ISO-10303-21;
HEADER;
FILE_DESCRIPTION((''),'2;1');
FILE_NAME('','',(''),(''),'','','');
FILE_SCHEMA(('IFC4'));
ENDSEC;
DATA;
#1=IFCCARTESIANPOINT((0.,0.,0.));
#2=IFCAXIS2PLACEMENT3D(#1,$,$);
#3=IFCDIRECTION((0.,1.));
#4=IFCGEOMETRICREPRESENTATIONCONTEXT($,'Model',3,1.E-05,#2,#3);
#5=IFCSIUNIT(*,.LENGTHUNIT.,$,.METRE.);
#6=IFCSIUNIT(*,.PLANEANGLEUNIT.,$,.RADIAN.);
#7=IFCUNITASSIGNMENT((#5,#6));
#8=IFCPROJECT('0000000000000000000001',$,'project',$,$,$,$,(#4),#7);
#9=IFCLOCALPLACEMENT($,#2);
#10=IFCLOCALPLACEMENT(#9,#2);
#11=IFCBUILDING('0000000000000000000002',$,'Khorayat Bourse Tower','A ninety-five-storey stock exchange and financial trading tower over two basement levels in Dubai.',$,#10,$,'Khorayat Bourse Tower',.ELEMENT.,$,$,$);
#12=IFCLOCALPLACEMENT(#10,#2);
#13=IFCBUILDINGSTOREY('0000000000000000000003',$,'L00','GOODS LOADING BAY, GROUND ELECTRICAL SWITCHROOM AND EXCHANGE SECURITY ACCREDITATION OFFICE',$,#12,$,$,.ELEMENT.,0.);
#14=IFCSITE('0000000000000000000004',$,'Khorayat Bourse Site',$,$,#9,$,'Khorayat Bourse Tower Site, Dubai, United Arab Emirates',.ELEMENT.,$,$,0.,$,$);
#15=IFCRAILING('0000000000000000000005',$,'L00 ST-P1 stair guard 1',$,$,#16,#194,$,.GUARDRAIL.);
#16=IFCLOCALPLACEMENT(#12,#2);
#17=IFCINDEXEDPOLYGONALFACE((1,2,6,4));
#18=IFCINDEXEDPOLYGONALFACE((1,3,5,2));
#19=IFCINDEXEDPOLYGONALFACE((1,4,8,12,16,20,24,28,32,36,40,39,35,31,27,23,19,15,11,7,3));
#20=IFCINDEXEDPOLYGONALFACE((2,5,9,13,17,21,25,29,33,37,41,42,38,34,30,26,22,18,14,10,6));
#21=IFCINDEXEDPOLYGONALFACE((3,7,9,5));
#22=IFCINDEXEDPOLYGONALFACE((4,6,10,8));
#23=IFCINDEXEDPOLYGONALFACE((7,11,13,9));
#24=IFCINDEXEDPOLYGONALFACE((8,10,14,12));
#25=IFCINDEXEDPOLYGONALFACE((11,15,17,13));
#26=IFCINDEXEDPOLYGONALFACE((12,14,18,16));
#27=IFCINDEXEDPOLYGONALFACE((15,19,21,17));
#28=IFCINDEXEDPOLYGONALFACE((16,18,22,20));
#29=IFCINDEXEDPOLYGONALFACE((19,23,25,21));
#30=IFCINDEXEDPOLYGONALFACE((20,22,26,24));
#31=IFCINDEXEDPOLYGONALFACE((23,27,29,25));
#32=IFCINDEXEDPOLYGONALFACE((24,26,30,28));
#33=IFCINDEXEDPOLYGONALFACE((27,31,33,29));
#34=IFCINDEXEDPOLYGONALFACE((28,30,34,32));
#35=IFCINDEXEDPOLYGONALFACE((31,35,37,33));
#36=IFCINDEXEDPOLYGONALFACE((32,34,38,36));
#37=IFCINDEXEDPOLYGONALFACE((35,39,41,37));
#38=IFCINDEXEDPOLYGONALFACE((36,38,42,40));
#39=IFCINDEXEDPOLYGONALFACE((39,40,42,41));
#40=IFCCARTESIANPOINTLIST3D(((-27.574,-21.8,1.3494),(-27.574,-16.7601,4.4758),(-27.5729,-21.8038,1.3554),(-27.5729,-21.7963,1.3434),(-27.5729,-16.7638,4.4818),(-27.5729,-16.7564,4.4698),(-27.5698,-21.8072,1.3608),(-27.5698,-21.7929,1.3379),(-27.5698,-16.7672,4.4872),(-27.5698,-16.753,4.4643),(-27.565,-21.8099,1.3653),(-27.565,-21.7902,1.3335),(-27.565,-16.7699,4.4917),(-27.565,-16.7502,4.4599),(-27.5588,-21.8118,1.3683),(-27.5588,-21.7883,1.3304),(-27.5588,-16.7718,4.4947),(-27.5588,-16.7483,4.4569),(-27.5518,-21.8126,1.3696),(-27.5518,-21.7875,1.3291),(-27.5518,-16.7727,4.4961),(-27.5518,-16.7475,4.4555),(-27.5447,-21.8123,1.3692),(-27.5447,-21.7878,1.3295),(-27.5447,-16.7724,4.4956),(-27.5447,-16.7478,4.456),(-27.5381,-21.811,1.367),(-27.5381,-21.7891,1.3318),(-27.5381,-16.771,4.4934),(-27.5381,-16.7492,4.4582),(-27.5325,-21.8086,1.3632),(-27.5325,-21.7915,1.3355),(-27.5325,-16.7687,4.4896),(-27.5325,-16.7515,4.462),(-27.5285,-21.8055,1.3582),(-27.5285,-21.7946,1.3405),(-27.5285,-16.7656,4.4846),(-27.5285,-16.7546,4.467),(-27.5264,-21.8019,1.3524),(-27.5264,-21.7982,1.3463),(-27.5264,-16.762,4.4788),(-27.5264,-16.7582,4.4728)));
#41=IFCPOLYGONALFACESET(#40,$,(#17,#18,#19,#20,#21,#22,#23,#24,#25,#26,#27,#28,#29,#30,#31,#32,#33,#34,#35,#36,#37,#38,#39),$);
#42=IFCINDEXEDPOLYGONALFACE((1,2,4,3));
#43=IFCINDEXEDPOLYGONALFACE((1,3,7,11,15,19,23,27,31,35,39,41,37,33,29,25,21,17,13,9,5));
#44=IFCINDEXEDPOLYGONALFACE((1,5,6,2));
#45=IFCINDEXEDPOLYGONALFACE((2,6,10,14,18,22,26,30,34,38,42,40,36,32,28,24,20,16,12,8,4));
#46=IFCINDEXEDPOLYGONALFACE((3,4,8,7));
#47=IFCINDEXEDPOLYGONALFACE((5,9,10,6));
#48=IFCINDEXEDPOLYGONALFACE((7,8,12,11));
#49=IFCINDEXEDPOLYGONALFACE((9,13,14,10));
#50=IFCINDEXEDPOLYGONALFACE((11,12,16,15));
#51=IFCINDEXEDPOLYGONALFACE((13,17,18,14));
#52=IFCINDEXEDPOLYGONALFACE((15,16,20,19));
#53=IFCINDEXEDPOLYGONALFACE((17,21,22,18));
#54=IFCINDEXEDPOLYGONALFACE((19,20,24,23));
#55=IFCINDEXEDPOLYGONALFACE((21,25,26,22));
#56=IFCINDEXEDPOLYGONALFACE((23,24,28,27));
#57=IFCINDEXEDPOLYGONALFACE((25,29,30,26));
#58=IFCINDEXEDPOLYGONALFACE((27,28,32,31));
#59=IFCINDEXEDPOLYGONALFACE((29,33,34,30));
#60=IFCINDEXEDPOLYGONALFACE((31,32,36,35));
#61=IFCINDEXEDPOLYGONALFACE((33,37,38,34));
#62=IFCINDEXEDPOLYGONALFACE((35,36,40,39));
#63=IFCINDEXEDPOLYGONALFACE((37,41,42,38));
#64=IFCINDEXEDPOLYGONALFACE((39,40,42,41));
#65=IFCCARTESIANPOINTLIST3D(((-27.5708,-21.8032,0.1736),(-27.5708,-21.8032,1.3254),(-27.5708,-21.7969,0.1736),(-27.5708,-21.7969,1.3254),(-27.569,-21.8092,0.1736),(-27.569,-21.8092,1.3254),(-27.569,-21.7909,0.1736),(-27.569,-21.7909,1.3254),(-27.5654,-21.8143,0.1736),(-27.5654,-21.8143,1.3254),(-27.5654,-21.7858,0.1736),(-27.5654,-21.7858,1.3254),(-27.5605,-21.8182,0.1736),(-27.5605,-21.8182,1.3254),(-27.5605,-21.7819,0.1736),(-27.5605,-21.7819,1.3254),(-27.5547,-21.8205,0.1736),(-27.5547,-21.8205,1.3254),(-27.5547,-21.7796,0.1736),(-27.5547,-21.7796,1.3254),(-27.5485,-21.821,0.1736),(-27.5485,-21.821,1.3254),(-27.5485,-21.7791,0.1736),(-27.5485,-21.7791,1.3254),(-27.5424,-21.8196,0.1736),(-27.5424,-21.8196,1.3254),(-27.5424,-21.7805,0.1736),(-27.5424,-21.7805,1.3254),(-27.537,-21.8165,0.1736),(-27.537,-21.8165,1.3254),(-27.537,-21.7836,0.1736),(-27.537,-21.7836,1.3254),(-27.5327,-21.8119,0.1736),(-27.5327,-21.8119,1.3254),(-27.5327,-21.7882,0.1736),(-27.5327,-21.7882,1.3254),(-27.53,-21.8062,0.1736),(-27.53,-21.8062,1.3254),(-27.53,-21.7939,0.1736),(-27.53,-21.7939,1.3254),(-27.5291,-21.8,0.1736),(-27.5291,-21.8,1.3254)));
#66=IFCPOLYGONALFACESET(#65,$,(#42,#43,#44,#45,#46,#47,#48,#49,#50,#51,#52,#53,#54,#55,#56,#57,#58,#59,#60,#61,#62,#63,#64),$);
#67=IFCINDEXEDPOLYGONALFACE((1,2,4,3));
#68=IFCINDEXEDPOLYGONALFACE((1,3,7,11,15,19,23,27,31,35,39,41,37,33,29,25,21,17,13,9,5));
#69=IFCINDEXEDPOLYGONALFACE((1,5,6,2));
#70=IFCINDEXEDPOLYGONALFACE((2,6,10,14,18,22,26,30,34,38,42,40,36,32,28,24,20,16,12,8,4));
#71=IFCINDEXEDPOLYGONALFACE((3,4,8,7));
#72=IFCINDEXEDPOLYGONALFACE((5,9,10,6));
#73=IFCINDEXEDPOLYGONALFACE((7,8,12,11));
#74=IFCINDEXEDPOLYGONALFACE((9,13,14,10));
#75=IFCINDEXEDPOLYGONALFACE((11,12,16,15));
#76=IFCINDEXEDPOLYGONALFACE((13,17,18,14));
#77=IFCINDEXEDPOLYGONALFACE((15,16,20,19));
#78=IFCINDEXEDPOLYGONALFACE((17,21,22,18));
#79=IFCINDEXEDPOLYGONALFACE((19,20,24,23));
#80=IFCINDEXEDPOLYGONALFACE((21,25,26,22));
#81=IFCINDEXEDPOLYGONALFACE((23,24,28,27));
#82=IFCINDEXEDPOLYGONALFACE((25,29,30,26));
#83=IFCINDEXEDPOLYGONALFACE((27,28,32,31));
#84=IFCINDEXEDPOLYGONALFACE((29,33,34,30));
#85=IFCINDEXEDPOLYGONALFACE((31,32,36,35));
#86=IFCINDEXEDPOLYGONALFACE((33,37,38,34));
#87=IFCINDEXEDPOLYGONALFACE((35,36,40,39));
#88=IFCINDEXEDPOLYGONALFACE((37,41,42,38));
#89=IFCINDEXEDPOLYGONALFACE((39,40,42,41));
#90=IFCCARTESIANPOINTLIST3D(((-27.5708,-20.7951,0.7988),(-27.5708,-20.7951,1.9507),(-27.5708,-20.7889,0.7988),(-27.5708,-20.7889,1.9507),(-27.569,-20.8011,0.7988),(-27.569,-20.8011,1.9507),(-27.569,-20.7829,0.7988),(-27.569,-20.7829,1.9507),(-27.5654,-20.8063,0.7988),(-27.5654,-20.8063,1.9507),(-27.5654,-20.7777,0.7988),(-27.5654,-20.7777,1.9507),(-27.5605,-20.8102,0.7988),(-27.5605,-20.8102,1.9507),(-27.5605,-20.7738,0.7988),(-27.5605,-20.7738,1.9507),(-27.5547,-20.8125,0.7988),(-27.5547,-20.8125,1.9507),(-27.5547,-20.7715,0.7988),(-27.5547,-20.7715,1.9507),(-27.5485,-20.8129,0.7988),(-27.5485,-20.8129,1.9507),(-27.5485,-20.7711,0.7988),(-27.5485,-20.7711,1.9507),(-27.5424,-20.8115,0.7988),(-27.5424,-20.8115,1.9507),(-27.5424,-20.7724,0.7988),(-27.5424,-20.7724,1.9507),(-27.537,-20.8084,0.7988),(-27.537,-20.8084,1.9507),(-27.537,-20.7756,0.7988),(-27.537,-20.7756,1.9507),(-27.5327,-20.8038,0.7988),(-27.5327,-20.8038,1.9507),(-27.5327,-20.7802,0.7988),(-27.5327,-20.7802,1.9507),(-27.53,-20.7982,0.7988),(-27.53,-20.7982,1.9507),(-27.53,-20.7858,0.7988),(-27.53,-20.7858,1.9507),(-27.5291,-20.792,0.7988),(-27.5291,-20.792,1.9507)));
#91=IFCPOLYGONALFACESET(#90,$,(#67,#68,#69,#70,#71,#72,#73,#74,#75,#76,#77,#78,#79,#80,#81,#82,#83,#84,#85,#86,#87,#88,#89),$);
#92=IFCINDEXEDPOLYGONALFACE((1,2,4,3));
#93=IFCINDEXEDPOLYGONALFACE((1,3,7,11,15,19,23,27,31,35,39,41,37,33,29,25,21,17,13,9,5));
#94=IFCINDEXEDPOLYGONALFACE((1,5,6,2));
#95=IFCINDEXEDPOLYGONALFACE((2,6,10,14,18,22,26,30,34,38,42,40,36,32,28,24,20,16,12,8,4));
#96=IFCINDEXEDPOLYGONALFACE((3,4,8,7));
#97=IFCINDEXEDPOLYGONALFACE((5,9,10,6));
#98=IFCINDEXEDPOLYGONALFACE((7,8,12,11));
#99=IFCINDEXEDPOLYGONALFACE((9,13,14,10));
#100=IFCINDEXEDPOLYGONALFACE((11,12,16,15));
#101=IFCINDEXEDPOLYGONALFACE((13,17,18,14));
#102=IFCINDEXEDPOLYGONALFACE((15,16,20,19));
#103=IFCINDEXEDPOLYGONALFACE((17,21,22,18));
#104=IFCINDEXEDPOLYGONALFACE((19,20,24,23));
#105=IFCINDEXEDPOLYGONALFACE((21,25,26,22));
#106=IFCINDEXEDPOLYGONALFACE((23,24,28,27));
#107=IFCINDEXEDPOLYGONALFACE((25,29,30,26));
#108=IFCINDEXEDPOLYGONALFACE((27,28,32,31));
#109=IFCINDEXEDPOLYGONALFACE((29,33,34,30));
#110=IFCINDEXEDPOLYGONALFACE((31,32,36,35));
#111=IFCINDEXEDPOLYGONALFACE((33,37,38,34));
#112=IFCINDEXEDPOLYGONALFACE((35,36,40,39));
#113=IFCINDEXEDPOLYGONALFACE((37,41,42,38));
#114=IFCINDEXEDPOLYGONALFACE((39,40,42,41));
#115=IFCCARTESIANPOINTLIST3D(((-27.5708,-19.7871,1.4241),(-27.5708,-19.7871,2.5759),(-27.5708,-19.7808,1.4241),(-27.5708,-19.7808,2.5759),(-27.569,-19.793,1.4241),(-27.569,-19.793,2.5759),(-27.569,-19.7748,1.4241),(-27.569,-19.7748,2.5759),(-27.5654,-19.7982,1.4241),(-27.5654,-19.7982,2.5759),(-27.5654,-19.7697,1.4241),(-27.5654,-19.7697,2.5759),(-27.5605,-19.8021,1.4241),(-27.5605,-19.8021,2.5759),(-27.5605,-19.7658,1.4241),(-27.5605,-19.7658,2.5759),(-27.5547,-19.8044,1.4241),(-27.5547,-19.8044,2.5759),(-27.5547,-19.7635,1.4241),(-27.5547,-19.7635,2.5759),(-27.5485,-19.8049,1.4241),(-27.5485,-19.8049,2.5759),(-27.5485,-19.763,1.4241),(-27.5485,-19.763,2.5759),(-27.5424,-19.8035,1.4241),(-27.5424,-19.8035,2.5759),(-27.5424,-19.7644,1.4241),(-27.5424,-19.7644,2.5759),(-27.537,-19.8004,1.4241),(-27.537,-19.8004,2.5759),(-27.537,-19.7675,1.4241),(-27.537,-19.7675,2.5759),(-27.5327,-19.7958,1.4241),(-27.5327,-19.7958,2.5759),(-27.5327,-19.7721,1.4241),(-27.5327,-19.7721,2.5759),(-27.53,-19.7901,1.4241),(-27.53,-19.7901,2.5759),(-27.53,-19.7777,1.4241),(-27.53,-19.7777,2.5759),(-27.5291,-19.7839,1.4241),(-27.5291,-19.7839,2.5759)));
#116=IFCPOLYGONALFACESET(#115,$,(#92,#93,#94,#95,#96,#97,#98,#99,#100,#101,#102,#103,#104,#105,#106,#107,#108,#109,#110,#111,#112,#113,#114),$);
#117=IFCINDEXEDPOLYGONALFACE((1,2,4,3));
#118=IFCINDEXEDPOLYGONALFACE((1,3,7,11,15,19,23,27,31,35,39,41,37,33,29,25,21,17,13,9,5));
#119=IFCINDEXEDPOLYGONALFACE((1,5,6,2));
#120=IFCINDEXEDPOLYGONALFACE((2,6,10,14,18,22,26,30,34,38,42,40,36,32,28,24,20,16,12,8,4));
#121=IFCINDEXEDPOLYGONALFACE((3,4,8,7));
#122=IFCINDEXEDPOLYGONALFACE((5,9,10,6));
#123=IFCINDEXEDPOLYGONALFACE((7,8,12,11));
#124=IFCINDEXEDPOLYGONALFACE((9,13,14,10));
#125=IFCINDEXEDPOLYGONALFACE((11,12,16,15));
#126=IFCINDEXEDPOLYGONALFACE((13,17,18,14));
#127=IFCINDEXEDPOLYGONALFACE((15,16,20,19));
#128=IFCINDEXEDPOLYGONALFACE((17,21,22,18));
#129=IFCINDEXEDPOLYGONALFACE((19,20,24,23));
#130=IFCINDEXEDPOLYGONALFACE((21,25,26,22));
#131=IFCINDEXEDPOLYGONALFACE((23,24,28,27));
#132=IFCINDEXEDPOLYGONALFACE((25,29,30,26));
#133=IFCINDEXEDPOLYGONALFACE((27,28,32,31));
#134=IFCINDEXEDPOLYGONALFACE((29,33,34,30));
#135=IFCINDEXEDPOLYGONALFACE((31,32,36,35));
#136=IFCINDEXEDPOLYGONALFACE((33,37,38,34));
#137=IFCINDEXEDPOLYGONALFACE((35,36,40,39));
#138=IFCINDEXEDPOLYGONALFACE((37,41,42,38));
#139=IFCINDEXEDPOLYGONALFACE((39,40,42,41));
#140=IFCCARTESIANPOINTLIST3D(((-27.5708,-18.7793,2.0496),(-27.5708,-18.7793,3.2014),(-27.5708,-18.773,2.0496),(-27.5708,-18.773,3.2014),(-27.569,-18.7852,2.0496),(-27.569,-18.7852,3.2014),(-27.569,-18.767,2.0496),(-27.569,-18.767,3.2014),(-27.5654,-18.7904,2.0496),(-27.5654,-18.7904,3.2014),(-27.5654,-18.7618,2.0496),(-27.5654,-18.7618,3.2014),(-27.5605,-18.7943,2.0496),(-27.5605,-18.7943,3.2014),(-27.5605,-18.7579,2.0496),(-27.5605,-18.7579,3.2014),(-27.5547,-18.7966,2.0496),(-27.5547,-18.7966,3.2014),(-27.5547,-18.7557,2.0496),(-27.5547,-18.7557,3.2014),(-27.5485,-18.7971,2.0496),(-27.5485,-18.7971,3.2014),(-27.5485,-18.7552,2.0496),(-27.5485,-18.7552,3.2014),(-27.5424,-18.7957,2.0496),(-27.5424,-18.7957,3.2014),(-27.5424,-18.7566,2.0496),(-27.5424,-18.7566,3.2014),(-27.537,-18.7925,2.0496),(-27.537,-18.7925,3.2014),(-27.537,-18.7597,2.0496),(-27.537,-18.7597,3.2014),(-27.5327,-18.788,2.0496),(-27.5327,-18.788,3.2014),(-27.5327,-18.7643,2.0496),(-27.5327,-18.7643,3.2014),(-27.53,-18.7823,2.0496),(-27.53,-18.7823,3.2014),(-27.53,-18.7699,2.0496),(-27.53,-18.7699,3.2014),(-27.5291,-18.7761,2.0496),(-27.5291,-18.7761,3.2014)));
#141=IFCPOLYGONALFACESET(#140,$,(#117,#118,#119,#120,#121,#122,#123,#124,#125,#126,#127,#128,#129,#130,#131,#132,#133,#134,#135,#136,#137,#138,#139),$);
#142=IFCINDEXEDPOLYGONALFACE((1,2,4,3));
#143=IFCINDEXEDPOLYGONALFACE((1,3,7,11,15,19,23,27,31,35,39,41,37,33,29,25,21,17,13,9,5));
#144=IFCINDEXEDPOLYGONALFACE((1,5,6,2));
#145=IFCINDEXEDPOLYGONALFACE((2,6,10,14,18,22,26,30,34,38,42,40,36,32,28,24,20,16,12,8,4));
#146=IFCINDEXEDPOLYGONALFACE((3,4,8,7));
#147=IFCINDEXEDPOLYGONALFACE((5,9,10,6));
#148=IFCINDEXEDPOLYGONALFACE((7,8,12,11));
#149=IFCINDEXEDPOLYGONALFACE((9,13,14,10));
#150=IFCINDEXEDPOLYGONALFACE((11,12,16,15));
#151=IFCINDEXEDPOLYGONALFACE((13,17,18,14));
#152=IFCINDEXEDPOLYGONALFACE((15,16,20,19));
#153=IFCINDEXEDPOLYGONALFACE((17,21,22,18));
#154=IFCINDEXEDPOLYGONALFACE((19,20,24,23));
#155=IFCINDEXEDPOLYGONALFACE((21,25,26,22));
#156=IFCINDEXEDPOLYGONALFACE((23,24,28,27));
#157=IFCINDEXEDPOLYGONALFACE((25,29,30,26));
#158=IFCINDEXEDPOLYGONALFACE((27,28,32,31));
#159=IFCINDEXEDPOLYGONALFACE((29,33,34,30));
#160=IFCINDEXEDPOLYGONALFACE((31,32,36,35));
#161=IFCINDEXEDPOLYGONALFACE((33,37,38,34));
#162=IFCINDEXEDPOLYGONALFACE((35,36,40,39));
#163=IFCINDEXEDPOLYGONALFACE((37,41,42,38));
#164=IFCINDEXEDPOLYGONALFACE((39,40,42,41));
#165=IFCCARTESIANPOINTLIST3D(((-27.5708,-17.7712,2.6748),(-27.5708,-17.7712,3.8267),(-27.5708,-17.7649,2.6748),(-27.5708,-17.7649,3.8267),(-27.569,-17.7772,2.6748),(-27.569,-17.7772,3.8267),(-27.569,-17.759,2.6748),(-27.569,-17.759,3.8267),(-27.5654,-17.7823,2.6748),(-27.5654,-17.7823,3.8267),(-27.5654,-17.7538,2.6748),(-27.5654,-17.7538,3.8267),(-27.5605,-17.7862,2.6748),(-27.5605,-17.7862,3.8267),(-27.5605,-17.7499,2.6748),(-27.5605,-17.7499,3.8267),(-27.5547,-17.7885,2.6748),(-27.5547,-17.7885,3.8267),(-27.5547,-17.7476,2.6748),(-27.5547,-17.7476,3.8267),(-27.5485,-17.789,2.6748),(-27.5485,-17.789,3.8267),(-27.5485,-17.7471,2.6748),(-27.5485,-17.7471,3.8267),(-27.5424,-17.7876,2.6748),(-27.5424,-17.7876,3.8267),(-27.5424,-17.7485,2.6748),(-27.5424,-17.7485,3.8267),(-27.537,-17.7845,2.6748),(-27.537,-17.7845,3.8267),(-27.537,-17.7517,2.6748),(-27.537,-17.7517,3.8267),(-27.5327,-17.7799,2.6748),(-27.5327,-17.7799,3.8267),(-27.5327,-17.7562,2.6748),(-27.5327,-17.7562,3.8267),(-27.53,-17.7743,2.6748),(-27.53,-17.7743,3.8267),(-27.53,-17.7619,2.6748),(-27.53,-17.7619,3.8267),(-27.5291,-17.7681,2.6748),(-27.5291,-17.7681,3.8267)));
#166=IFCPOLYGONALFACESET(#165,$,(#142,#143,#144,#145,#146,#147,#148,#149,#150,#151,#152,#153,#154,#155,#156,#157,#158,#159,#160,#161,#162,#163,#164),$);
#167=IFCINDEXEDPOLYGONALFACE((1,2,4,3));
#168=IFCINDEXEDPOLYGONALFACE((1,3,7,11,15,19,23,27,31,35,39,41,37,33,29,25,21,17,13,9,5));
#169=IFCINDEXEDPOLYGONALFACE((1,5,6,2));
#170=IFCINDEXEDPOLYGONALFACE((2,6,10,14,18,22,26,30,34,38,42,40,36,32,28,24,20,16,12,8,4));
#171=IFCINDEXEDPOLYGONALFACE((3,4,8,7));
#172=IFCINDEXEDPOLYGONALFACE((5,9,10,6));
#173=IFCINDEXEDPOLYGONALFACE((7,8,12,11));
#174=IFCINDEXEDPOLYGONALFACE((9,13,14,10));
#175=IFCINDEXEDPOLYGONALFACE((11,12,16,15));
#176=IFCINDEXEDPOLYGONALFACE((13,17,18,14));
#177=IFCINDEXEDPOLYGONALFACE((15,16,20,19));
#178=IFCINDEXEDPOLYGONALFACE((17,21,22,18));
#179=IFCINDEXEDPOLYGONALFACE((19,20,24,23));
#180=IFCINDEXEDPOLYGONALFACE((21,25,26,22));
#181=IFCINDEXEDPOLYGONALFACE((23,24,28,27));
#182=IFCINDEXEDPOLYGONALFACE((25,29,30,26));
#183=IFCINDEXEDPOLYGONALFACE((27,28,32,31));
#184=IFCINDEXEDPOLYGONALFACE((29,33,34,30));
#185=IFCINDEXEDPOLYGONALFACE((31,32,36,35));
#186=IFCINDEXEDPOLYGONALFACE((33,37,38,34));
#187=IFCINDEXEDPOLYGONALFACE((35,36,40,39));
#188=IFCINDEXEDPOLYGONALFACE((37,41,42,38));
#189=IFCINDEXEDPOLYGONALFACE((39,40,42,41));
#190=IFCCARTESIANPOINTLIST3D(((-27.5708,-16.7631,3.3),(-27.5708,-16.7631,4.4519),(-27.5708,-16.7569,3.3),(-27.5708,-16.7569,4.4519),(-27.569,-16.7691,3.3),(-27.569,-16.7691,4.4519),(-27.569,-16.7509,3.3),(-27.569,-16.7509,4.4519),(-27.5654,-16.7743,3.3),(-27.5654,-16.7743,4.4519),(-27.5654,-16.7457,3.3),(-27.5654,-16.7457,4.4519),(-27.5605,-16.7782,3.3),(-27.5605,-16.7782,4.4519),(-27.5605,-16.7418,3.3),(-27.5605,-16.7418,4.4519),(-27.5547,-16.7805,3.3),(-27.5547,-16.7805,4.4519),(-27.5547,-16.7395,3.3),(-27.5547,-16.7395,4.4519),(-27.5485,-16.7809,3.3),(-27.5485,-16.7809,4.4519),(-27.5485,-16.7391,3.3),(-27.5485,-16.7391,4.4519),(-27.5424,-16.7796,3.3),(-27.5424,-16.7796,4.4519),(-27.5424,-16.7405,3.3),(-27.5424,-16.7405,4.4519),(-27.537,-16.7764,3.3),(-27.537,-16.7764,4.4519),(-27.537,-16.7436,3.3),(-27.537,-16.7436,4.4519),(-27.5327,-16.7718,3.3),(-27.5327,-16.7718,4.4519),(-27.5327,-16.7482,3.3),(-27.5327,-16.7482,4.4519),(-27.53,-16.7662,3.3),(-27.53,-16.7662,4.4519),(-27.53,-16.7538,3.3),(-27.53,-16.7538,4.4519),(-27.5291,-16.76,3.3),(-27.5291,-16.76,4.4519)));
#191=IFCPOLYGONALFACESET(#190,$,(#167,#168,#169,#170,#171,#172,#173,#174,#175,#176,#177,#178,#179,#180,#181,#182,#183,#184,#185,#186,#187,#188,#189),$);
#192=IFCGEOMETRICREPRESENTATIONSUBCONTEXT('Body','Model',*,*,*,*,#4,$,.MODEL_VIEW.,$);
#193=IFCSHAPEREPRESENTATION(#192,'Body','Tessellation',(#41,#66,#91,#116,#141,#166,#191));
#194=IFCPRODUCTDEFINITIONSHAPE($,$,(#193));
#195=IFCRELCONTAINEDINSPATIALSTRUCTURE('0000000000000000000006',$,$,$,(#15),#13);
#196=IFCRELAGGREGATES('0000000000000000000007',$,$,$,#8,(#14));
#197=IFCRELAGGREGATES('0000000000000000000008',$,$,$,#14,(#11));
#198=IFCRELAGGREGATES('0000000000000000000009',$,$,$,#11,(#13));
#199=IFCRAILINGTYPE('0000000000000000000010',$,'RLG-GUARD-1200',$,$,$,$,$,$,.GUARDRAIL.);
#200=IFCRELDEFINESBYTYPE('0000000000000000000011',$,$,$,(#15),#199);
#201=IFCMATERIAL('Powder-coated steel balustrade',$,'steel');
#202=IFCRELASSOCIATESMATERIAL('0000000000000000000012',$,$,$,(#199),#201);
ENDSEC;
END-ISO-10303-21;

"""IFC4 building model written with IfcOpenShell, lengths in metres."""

from ifc_helpers import new_model, si_unit, direction, frame, origin, origin_2d, place, context, subcontext, project, spatial, circle, extrude, source, transform, mapped, material, type_object, element, save


model = new_model("IFC4")

# Units and contexts
model_context = context("Model", 3, precision=1e-05, world=origin(), true_north=direction((0.0, 1.0)))
body_context = subcontext(model_context, "Body", "Model", "MODEL_VIEW")
ifc_project = project(units=[si_unit("LENGTHUNIT", "METRE"), si_unit("PLANEANGLEUNIT", "RADIAN")], contexts=[model_context])

# Site, building, storey
site_placement = place(None, origin())
site = spatial("IfcSite", under=ifc_project, at=site_placement, Name="Khorayat Bourse Site", LongName="Khorayat Bourse Tower Site, Dubai, United Arab Emirates", CompositionType="ELEMENT", RefElevation=0.0)
building_placement = place(site_placement, origin())
building = spatial("IfcBuilding", under=site, at=building_placement, Name="Khorayat Bourse Tower", Description="A ninety-five-storey stock exchange and financial trading tower over two basement levels in Dubai.", LongName="Khorayat Bourse Tower", CompositionType="ELEMENT")
storey_placement = place(building_placement, origin())
storey = spatial("IfcBuildingStorey", under=building, at=storey_placement, Name="L00", Description="GOODS LOADING BAY, GROUND ELECTRICAL SWITCHROOM AND EXCHANGE SECURITY ACCREDITATION OFFICE", CompositionType="ELEMENT", Elevation=0.0)

# Railing
ifc_material_1 = material(Name="Powder-coated steel balustrade", Category="steel")
railing_type_1 = type_object("IfcRailingType", Name="RLG-GUARD-1200", PredefinedType="GUARDRAIL", material=ifc_material_1)
shared_shape_1 = source(origin(), body_context, "Body", "SweptSolid", [
    extrude(circle(Radius=0.0239, at=origin_2d()), frame((0.0, 0.0, 1.1758), z_axis=(0.0, 0.849779, 0.527139), x_axis=(-1.0, 0.0, 0.0)), (0.0, 0.0, 1.0), 5.9309),
    extrude(circle(Radius=0.021, at=origin_2d()), origin(), (0.0, 0.0, 1.0), 1.1519),
    extrude(circle(Radius=0.021, at=origin_2d()), frame((0.0, 1.0081, 0.6252)), (0.0, 0.0, 1.0), 1.1519),
    extrude(circle(Radius=0.021, at=origin_2d()), frame((0.0, 2.0161, 1.2505)), (0.0, 0.0, 1.0), 1.1519),
    extrude(circle(Radius=0.021, at=origin_2d()), frame((0.0, 3.0239, 1.876)), (0.0, 0.0, 1.0), 1.1519),
    extrude(circle(Radius=0.021, at=origin_2d()), frame((0.0, 4.032, 2.5012)), (0.0, 0.0, 1.0), 1.1519),
    extrude(circle(Radius=0.021, at=origin_2d()), frame((0.0, 5.04, 3.1265)), (0.0, 0.0, 1.0), 1.1519),
])
railing_1_placement = place(storey_placement, frame((-27.55, -21.8, 0.1736)))
element("IfcRailing", 1, at=railing_1_placement, inside=storey, type_object=railing_type_1, Name="L00 ST-P1 stair guard 1", PredefinedType="GUARDRAIL", context=body_context, shape_type="MappedRepresentation", body=[
    mapped(shared_shape_1, transform((0.0, 0.0, 0.0), scale=1.0)),
])

save(model, "model.ifc")
